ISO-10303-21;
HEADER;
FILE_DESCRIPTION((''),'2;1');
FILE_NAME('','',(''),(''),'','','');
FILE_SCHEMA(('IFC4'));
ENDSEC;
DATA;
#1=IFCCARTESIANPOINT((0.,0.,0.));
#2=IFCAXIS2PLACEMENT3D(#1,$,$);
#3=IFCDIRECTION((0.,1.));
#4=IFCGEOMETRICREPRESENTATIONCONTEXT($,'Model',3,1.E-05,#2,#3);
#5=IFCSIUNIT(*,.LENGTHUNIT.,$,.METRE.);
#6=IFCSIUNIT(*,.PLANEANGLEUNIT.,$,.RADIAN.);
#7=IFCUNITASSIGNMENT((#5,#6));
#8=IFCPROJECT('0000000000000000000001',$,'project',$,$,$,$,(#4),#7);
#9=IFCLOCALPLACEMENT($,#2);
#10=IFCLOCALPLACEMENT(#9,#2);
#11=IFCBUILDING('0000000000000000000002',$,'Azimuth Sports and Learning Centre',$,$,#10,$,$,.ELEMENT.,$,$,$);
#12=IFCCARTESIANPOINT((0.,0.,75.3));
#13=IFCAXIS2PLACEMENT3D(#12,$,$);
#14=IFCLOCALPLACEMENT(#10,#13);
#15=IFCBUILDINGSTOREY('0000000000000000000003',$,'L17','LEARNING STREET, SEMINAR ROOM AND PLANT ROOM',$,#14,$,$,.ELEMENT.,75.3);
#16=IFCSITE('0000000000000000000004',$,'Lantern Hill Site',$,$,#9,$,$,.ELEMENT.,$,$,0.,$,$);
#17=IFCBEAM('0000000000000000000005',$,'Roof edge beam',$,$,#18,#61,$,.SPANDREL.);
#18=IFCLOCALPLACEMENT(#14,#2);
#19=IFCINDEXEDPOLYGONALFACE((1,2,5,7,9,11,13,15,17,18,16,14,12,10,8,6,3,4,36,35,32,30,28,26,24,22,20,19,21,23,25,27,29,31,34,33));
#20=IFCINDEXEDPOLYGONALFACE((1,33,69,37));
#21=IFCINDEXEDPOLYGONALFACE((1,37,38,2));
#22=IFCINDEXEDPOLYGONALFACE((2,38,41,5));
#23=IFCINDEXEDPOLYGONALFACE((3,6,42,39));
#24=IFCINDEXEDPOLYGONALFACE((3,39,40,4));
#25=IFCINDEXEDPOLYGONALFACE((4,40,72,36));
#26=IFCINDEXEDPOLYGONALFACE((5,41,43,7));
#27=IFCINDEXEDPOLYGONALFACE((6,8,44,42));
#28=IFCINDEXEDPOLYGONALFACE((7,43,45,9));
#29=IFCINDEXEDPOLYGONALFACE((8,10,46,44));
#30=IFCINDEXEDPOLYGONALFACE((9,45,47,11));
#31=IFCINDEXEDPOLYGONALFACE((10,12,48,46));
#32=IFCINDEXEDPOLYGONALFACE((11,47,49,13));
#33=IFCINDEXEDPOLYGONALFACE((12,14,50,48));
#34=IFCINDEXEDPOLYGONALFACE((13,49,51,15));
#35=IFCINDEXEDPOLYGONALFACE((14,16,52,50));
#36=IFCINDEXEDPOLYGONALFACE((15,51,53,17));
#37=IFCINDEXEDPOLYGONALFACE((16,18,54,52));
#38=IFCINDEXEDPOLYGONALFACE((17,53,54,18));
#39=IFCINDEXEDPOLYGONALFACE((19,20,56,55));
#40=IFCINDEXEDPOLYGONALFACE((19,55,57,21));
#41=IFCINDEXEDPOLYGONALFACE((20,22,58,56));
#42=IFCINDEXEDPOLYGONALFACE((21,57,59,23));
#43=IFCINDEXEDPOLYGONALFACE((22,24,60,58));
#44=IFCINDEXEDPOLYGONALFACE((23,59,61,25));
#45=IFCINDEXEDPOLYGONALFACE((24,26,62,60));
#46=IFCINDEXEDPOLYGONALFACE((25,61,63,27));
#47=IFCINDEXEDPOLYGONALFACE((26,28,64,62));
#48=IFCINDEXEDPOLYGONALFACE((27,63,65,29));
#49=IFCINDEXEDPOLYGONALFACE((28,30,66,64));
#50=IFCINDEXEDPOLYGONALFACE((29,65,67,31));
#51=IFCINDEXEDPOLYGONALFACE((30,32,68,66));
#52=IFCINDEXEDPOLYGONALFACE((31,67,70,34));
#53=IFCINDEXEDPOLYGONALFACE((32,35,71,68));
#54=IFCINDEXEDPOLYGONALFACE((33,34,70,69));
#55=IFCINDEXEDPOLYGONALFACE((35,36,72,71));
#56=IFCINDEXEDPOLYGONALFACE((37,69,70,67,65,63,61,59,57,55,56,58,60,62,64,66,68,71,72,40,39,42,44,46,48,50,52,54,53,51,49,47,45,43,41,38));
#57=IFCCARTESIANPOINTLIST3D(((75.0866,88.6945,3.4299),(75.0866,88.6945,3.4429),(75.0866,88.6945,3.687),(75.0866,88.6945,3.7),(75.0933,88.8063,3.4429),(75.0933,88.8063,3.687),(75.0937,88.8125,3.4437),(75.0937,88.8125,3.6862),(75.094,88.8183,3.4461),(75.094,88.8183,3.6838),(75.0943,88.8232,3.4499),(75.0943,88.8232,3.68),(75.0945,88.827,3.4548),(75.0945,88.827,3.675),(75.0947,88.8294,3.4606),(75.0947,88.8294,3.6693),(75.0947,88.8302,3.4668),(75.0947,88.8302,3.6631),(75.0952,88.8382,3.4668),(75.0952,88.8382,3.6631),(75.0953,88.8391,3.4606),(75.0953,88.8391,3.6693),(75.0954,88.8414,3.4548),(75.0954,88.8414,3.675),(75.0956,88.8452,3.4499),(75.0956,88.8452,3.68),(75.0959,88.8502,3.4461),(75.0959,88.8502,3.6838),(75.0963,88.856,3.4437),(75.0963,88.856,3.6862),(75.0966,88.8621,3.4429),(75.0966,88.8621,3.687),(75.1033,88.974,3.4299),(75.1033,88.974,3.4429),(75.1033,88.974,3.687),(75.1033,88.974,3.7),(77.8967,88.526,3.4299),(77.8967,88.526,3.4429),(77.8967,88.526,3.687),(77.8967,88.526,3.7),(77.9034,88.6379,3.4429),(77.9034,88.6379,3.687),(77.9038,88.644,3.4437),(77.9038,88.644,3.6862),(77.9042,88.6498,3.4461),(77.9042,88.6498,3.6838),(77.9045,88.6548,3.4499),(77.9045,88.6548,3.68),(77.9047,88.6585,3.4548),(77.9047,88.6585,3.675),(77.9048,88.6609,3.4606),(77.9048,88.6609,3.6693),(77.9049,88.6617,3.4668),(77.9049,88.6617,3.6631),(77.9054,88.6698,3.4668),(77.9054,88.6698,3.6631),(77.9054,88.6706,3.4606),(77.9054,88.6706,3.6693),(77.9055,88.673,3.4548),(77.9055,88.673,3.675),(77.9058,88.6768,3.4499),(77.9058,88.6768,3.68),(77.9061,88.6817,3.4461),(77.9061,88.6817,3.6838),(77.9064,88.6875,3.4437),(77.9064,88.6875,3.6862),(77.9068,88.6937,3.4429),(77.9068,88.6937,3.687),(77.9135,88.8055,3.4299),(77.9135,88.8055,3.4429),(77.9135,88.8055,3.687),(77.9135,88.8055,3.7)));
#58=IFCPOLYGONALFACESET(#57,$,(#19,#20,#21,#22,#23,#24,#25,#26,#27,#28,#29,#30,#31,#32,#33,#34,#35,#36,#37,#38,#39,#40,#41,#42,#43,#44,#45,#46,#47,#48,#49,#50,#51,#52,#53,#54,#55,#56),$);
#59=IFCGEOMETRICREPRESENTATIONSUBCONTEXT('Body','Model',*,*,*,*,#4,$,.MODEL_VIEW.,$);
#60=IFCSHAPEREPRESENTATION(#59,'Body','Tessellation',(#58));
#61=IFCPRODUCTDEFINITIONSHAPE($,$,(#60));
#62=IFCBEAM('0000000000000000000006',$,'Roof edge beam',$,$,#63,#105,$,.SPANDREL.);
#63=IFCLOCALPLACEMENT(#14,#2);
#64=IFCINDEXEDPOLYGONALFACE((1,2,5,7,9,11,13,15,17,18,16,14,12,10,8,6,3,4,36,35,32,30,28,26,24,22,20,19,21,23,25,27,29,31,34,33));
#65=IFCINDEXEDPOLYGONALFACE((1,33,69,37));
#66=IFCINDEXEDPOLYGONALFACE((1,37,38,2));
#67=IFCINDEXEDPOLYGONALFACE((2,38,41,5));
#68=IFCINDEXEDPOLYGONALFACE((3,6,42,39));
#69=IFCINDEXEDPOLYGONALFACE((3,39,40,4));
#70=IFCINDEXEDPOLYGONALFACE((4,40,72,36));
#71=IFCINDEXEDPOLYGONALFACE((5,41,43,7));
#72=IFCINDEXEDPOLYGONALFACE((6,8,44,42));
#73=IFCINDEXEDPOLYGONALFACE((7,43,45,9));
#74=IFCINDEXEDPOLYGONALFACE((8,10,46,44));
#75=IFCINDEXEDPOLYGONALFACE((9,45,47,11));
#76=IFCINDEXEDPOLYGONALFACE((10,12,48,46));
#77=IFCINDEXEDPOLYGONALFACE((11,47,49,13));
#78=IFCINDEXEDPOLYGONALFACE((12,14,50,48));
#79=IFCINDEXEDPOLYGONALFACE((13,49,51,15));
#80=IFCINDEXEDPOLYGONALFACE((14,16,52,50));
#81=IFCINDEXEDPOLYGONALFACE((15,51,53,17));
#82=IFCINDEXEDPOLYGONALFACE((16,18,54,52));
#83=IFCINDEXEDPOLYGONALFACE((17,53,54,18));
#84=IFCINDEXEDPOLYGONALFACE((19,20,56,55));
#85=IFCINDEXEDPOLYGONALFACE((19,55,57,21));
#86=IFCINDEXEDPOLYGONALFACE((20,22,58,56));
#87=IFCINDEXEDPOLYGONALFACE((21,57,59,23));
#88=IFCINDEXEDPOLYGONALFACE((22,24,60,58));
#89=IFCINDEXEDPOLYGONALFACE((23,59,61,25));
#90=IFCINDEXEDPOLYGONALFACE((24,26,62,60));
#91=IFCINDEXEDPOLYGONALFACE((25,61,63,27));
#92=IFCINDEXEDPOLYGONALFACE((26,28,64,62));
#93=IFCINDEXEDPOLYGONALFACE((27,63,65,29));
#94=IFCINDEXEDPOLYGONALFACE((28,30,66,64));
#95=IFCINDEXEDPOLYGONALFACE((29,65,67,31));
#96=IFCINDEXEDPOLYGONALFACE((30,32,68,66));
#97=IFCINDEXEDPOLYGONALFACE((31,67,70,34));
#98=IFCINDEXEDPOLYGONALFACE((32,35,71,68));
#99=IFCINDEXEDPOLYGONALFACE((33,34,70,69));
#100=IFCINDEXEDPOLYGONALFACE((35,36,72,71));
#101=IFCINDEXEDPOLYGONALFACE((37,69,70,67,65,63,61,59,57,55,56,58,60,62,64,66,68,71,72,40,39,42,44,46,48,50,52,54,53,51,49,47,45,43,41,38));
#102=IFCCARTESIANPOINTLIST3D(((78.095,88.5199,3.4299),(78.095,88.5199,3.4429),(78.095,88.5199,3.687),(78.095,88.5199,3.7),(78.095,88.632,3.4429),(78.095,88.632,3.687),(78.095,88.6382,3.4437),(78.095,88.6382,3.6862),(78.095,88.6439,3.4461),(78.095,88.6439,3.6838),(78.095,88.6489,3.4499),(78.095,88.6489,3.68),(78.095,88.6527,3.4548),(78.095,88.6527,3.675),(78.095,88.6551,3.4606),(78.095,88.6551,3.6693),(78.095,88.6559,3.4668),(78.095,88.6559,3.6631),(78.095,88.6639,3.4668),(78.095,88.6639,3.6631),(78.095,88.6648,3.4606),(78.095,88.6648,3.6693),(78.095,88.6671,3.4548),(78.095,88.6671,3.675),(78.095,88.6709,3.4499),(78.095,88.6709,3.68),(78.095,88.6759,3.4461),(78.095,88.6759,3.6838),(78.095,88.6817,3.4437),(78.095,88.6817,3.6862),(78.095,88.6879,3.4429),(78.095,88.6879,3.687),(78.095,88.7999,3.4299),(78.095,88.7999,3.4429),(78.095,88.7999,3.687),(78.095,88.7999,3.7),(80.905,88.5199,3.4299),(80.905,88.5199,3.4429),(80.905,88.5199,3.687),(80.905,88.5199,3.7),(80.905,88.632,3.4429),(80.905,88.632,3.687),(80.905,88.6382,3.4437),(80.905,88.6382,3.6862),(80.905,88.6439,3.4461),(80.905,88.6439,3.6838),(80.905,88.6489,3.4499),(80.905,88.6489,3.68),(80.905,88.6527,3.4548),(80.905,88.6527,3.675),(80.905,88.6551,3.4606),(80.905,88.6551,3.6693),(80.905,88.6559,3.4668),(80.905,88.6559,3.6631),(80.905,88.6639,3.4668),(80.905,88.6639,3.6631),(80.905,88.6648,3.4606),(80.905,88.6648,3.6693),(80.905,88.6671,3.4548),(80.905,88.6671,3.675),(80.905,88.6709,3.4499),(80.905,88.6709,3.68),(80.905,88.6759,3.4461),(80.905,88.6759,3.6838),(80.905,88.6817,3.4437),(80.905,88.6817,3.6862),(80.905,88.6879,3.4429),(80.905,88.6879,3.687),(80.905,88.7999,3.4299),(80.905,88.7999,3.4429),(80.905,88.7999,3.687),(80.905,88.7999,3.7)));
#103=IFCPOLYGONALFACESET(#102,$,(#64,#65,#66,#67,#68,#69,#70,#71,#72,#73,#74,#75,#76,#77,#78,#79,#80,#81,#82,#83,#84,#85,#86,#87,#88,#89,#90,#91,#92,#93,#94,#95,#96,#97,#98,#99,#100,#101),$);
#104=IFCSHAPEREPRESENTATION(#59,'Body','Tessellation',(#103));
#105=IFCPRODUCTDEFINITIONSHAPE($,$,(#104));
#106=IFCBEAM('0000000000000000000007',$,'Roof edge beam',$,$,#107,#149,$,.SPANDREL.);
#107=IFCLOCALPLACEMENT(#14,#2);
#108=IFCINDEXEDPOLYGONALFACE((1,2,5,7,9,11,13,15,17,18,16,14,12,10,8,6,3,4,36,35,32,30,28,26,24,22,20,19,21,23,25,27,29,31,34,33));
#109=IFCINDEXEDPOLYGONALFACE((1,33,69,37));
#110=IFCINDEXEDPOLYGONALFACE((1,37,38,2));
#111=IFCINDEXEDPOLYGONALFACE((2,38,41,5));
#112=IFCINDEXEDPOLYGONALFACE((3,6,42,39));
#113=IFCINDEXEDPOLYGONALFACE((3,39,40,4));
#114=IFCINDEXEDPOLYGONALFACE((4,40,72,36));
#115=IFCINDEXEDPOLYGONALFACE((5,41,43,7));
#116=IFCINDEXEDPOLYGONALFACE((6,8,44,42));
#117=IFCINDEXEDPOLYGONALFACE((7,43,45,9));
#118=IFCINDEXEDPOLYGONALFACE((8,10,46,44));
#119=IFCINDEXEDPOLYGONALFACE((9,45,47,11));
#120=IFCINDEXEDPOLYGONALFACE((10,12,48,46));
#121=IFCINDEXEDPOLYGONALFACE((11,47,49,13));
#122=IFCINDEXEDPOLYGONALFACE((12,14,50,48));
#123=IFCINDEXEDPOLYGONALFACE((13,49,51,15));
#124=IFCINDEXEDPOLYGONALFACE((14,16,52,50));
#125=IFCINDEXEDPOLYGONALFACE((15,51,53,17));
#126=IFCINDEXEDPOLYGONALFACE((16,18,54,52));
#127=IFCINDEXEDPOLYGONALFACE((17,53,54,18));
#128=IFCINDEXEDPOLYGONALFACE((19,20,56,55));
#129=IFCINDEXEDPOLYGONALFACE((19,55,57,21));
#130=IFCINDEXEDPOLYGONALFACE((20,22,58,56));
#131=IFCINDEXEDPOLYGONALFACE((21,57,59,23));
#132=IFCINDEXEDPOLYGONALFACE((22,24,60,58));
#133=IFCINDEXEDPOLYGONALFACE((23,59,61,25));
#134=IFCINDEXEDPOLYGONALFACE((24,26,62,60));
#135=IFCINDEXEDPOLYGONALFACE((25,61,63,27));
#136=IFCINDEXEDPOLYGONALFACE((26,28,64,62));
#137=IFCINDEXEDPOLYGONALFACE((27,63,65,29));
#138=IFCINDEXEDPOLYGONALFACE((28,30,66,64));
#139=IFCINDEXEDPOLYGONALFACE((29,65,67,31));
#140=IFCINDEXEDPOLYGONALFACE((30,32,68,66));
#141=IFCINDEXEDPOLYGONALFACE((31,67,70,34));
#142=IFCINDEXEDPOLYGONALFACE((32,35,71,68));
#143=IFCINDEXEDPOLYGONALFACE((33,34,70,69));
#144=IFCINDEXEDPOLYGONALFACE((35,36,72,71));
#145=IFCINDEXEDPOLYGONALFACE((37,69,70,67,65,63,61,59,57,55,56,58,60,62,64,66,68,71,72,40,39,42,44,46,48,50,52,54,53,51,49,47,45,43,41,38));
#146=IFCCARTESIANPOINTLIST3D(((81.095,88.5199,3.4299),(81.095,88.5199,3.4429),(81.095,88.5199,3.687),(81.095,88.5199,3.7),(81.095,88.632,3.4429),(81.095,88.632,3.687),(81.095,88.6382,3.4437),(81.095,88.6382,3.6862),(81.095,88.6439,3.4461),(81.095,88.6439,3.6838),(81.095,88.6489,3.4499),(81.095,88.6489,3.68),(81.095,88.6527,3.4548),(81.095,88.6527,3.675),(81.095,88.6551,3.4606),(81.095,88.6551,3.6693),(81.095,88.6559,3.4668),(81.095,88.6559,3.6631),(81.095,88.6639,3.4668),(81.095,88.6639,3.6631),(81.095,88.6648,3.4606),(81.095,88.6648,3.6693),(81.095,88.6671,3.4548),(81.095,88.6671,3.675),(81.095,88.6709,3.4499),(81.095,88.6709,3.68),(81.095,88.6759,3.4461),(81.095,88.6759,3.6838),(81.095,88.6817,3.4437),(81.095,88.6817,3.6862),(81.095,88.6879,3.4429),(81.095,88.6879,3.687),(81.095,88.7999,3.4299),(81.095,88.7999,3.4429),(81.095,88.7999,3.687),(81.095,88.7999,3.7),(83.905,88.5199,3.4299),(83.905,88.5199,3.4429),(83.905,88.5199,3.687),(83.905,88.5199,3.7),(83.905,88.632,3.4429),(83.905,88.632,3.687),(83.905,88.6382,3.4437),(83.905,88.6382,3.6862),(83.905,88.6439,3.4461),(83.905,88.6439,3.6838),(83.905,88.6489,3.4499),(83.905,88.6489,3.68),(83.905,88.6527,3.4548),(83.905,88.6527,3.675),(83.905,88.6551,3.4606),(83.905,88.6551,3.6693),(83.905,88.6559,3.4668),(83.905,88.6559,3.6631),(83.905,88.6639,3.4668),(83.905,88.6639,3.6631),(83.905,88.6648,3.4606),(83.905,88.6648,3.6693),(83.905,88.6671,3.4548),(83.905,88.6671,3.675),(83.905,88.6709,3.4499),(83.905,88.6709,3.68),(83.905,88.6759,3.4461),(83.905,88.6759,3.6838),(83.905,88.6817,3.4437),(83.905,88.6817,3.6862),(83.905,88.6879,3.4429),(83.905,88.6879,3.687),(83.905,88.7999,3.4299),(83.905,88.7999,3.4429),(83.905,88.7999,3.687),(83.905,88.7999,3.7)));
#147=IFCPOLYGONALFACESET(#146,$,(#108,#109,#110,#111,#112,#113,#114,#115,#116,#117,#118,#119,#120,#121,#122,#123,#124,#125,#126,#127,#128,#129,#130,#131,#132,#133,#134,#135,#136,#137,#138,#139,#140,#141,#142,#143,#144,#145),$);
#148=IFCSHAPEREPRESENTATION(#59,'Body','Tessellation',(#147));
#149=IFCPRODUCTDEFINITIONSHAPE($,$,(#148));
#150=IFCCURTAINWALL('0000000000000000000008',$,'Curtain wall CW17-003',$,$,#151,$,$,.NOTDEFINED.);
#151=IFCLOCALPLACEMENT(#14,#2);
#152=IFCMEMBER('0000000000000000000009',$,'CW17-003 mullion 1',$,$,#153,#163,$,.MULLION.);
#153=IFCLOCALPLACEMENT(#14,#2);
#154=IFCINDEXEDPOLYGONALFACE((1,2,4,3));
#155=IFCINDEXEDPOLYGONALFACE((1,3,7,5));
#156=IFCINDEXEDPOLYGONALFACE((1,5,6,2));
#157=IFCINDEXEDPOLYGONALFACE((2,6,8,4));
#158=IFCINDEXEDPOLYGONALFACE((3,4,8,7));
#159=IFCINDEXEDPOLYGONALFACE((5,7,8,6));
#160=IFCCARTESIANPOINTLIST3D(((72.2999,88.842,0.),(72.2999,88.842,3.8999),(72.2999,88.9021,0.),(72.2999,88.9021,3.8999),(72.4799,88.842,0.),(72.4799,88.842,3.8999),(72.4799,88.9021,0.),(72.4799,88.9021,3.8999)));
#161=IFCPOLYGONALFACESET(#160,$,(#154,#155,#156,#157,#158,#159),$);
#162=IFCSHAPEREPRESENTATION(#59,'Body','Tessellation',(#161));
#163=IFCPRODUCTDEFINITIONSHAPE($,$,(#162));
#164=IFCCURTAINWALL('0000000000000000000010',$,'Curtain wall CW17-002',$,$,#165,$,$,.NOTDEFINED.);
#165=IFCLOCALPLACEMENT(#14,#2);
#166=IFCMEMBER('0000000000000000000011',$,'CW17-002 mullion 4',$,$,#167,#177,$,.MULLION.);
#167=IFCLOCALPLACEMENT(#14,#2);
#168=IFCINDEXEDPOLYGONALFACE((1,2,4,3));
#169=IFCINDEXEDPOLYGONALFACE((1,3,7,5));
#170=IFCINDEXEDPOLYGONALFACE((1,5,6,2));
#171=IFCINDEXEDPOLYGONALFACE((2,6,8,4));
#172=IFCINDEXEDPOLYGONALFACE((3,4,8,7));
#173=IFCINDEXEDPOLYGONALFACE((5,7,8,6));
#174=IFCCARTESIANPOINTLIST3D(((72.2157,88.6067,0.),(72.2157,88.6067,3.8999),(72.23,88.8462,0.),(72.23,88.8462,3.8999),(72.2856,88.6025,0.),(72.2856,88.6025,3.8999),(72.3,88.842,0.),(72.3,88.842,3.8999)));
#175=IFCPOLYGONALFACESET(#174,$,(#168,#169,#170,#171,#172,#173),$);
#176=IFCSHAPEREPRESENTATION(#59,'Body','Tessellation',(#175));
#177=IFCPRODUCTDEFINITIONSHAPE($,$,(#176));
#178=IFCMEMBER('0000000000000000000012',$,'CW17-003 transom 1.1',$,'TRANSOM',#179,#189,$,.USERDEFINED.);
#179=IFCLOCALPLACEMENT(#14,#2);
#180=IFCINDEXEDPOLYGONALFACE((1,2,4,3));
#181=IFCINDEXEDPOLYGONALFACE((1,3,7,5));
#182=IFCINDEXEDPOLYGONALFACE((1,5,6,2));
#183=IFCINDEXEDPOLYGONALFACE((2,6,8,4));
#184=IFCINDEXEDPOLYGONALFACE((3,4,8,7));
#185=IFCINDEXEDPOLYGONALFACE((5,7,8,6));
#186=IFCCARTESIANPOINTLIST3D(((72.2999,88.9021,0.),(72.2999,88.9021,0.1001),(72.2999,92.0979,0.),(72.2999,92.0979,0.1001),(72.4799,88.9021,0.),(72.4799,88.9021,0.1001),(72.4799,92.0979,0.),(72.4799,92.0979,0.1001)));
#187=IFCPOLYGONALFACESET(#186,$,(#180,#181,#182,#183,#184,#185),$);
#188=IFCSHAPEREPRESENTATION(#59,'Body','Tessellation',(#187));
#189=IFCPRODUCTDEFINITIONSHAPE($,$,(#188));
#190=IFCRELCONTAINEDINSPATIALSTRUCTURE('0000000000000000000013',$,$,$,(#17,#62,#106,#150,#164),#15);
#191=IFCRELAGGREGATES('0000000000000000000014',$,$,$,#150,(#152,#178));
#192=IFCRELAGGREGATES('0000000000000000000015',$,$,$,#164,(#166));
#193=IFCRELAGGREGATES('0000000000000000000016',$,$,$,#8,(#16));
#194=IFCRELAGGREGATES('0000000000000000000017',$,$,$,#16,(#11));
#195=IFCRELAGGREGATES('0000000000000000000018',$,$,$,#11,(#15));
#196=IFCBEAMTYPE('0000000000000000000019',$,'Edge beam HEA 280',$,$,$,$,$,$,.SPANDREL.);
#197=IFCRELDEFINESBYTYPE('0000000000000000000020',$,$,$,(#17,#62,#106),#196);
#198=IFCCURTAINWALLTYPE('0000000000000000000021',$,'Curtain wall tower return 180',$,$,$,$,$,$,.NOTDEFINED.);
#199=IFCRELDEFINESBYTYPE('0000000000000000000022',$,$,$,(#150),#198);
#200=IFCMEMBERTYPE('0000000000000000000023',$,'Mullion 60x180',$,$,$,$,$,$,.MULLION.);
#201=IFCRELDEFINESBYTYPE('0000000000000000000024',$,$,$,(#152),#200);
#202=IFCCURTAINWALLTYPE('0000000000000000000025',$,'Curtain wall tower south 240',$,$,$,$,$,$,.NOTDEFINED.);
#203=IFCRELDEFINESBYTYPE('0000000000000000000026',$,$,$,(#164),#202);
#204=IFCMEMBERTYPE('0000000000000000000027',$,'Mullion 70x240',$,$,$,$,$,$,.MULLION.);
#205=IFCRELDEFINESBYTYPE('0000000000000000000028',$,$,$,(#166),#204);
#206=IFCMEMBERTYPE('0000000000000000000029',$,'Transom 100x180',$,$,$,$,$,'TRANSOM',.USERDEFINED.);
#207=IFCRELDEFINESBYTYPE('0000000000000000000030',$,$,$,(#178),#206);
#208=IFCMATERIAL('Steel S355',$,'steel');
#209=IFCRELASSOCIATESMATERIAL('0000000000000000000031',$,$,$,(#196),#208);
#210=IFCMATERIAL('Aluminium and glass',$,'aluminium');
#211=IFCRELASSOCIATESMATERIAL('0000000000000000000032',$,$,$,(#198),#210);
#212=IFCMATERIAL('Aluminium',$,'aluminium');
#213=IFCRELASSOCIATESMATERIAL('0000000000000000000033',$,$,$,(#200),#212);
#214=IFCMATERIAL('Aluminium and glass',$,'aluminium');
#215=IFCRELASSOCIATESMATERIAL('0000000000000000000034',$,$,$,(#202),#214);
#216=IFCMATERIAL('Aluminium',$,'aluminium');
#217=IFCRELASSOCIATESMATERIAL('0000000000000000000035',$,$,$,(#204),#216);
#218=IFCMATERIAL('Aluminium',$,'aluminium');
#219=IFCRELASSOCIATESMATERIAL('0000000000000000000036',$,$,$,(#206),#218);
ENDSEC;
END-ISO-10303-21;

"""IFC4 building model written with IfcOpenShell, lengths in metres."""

from ifc_helpers import new_model, si_unit, direction, frame, origin, origin_2d, place, context, subcontext, project, spatial, rectangle, i_section, extrude, material, material_profile, profile_set, type_object, element, aggregate, save


model = new_model("IFC4")

# Units and contexts
model_context = context("Model", 3, precision=1e-05, world=origin(), true_north=direction((0.0, 1.0)))
body_context = subcontext(model_context, "Body", "Model", "MODEL_VIEW")
ifc_project = project(units=[si_unit("LENGTHUNIT", "METRE"), si_unit("PLANEANGLEUNIT", "RADIAN")], contexts=[model_context])

# Site, building, storey
site_placement = place(None, origin())
site = spatial("IfcSite", under=ifc_project, at=site_placement, Name="Lantern Hill Site", CompositionType="ELEMENT", RefElevation=0.0)
building_placement = place(site_placement, origin())
building = spatial("IfcBuilding", under=site, at=building_placement, Name="Azimuth Sports and Learning Centre", CompositionType="ELEMENT")
storey_placement = place(building_placement, frame((0.0, 0.0, 75.3)))
storey = spatial("IfcBuildingStorey", under=building, at=storey_placement, Name="L17", Description="LEARNING STREET, SEMINAR ROOM AND PLANT ROOM", CompositionType="ELEMENT", Elevation=75.3)

# Beams
ifc_material_1 = material(Name="Steel S355", Category="steel")
ifc_material_profile_1 = material_profile(ifc_material_1, i_section(OverallWidth=0.28, OverallDepth=0.27, WebThickness=0.0081, FlangeThickness=0.0129, FilletRadius=0.0239, at=origin_2d()), Name="HEA 280")
ifc_profile_set_1 = profile_set([ifc_material_profile_1], Name="Steel S355")
beam_type = type_object("IfcBeamType", Name="Edge beam HEA 280", PredefinedType="SPANDREL", material=ifc_profile_set_1)
beam_placement = place(storey_placement, frame((75.095, 88.8342, 3.5649), z_axis=(0.998208, -0.05984, 0.0), x_axis=(0.05984, 0.998208, 0.0)))
element("IfcBeam", 1, at=beam_placement, inside=storey, type_object=beam_type, Name="Roof edge beam", PredefinedType="SPANDREL", context=body_context, shape_type="SweptSolid", body=[
    extrude(i_section(OverallWidth=0.28, OverallDepth=0.27, WebThickness=0.0081, FlangeThickness=0.0129, FilletRadius=0.0239, at=origin_2d()), origin(), (0.0, 0.0, 1.0), 2.8152),
])
for number, where, z_axis, x_axis, name in (
    (2, (78.095, 88.6599, 3.5649), (1.0, 0.0, 0.0), (0.0, 1.0, 0.0), "Roof edge beam"),
    (3, (81.095, 88.6599, 3.5649), (1.0, 0.0, 0.0), (0.0, 1.0, 0.0), "Roof edge beam"),
):
    element("IfcBeam", number, at=place(storey_placement, frame(where, z_axis=z_axis, x_axis=x_axis)), inside=storey, type_object=beam_type, Name=name, PredefinedType="SPANDREL", context=body_context, shape_type="SweptSolid", body=[
        extrude(i_section(OverallWidth=0.28, OverallDepth=0.27, WebThickness=0.0081, FlangeThickness=0.0129, FilletRadius=0.0239, at=origin_2d()), origin(), (0.0, 0.0, 1.0), 2.8101),
    ])

# Curtain walls, members
ifc_material_2 = material(Name="Aluminium and glass", Category="aluminium")
curtain_wall_type_1 = type_object("IfcCurtainWallType", Name="Curtain wall tower return 180", PredefinedType="NOTDEFINED", material=ifc_material_2)
curtain_wall_1_placement = place(storey_placement, origin())
curtain_wall_1 = element("IfcCurtainWall", 4, at=curtain_wall_1_placement, inside=storey, type_object=curtain_wall_type_1, Name="Curtain wall CW17-003", PredefinedType="NOTDEFINED")
ifc_material_3 = material(Name="Aluminium", Category="aluminium")
ifc_material_profile_2 = material_profile(ifc_material_3, rectangle(XDim=0.1799, YDim=0.0601, at=origin_2d()), Name="Mullion 60x180")
ifc_profile_set_2 = profile_set([ifc_material_profile_2], Name="Aluminium")
member_type_1 = type_object("IfcMemberType", Name="Mullion 60x180", PredefinedType="MULLION", material=ifc_profile_set_2)
member_1_placement = place(storey_placement, frame((72.3899, 88.8721, 0.0), z_axis=(0.0, 0.0, 1.0), x_axis=(-1.0, 0.0, 0.0)))
member_1 = element("IfcMember", 5, at=member_1_placement, type_object=member_type_1, Name="CW17-003 mullion 1", PredefinedType="MULLION", context=body_context, shape_type="SweptSolid", body=[
    extrude(rectangle(XDim=0.1799, YDim=0.0601, at=origin_2d()), origin(), (0.0, 0.0, 1.0), 3.8999),
])
ifc_material_4 = material(Name="Aluminium and glass", Category="aluminium")
curtain_wall_type_2 = type_object("IfcCurtainWallType", Name="Curtain wall tower south 240", PredefinedType="NOTDEFINED", material=ifc_material_4)
curtain_wall_2_placement = place(storey_placement, origin())
curtain_wall_2 = element("IfcCurtainWall", 6, at=curtain_wall_2_placement, inside=storey, type_object=curtain_wall_type_2, Name="Curtain wall CW17-002", PredefinedType="NOTDEFINED")
ifc_material_5 = material(Name="Aluminium", Category="aluminium")
ifc_material_profile_3 = material_profile(ifc_material_5, rectangle(XDim=0.24, YDim=0.0701, at=origin_2d()), Name="Mullion 70x240")
ifc_profile_set_3 = profile_set([ifc_material_profile_3], Name="Aluminium")
member_type_2 = type_object("IfcMemberType", Name="Mullion 70x240", PredefinedType="MULLION", material=ifc_profile_set_3)
member_2_placement = place(storey_placement, frame((72.2578, 88.7244, 0.0), z_axis=(0.0, 0.0, 1.0), x_axis=(0.059892, 0.998205, 0.0)))
member_2 = element("IfcMember", 7, at=member_2_placement, type_object=member_type_2, Name="CW17-002 mullion 4", PredefinedType="MULLION", context=body_context, shape_type="SweptSolid", body=[
    extrude(rectangle(XDim=0.24, YDim=0.0701, at=origin_2d()), origin(), (0.0, 0.0, 1.0), 3.8999),
])

# Member
ifc_material_6 = material(Name="Aluminium", Category="aluminium")
ifc_material_profile_4 = material_profile(ifc_material_6, rectangle(XDim=0.1799, YDim=0.1001, at=origin_2d()), Name="Transom 100x180")
ifc_profile_set_4 = profile_set([ifc_material_profile_4], Name="Aluminium")
member_type_3 = type_object("IfcMemberType", Name="Transom 100x180", ElementType="TRANSOM", PredefinedType="USERDEFINED", material=ifc_profile_set_4)
member_3_placement = place(storey_placement, frame((72.3899, 88.9021, 0.05), z_axis=(0.0, 1.0, 0.0), x_axis=(-1.0, 0.0, 0.0)))
member_3 = element("IfcMember", 8, at=member_3_placement, type_object=member_type_3, Name="CW17-003 transom 1.1", ObjectType="TRANSOM", PredefinedType="USERDEFINED", context=body_context, shape_type="SweptSolid", body=[
    extrude(rectangle(XDim=0.1799, YDim=0.1001, at=origin_2d()), origin(), (0.0, 0.0, 1.0), 3.1958),
])
aggregate(curtain_wall_1, [member_1, member_3])

aggregate(curtain_wall_2, [member_2])

save(model, "model.ifc")
